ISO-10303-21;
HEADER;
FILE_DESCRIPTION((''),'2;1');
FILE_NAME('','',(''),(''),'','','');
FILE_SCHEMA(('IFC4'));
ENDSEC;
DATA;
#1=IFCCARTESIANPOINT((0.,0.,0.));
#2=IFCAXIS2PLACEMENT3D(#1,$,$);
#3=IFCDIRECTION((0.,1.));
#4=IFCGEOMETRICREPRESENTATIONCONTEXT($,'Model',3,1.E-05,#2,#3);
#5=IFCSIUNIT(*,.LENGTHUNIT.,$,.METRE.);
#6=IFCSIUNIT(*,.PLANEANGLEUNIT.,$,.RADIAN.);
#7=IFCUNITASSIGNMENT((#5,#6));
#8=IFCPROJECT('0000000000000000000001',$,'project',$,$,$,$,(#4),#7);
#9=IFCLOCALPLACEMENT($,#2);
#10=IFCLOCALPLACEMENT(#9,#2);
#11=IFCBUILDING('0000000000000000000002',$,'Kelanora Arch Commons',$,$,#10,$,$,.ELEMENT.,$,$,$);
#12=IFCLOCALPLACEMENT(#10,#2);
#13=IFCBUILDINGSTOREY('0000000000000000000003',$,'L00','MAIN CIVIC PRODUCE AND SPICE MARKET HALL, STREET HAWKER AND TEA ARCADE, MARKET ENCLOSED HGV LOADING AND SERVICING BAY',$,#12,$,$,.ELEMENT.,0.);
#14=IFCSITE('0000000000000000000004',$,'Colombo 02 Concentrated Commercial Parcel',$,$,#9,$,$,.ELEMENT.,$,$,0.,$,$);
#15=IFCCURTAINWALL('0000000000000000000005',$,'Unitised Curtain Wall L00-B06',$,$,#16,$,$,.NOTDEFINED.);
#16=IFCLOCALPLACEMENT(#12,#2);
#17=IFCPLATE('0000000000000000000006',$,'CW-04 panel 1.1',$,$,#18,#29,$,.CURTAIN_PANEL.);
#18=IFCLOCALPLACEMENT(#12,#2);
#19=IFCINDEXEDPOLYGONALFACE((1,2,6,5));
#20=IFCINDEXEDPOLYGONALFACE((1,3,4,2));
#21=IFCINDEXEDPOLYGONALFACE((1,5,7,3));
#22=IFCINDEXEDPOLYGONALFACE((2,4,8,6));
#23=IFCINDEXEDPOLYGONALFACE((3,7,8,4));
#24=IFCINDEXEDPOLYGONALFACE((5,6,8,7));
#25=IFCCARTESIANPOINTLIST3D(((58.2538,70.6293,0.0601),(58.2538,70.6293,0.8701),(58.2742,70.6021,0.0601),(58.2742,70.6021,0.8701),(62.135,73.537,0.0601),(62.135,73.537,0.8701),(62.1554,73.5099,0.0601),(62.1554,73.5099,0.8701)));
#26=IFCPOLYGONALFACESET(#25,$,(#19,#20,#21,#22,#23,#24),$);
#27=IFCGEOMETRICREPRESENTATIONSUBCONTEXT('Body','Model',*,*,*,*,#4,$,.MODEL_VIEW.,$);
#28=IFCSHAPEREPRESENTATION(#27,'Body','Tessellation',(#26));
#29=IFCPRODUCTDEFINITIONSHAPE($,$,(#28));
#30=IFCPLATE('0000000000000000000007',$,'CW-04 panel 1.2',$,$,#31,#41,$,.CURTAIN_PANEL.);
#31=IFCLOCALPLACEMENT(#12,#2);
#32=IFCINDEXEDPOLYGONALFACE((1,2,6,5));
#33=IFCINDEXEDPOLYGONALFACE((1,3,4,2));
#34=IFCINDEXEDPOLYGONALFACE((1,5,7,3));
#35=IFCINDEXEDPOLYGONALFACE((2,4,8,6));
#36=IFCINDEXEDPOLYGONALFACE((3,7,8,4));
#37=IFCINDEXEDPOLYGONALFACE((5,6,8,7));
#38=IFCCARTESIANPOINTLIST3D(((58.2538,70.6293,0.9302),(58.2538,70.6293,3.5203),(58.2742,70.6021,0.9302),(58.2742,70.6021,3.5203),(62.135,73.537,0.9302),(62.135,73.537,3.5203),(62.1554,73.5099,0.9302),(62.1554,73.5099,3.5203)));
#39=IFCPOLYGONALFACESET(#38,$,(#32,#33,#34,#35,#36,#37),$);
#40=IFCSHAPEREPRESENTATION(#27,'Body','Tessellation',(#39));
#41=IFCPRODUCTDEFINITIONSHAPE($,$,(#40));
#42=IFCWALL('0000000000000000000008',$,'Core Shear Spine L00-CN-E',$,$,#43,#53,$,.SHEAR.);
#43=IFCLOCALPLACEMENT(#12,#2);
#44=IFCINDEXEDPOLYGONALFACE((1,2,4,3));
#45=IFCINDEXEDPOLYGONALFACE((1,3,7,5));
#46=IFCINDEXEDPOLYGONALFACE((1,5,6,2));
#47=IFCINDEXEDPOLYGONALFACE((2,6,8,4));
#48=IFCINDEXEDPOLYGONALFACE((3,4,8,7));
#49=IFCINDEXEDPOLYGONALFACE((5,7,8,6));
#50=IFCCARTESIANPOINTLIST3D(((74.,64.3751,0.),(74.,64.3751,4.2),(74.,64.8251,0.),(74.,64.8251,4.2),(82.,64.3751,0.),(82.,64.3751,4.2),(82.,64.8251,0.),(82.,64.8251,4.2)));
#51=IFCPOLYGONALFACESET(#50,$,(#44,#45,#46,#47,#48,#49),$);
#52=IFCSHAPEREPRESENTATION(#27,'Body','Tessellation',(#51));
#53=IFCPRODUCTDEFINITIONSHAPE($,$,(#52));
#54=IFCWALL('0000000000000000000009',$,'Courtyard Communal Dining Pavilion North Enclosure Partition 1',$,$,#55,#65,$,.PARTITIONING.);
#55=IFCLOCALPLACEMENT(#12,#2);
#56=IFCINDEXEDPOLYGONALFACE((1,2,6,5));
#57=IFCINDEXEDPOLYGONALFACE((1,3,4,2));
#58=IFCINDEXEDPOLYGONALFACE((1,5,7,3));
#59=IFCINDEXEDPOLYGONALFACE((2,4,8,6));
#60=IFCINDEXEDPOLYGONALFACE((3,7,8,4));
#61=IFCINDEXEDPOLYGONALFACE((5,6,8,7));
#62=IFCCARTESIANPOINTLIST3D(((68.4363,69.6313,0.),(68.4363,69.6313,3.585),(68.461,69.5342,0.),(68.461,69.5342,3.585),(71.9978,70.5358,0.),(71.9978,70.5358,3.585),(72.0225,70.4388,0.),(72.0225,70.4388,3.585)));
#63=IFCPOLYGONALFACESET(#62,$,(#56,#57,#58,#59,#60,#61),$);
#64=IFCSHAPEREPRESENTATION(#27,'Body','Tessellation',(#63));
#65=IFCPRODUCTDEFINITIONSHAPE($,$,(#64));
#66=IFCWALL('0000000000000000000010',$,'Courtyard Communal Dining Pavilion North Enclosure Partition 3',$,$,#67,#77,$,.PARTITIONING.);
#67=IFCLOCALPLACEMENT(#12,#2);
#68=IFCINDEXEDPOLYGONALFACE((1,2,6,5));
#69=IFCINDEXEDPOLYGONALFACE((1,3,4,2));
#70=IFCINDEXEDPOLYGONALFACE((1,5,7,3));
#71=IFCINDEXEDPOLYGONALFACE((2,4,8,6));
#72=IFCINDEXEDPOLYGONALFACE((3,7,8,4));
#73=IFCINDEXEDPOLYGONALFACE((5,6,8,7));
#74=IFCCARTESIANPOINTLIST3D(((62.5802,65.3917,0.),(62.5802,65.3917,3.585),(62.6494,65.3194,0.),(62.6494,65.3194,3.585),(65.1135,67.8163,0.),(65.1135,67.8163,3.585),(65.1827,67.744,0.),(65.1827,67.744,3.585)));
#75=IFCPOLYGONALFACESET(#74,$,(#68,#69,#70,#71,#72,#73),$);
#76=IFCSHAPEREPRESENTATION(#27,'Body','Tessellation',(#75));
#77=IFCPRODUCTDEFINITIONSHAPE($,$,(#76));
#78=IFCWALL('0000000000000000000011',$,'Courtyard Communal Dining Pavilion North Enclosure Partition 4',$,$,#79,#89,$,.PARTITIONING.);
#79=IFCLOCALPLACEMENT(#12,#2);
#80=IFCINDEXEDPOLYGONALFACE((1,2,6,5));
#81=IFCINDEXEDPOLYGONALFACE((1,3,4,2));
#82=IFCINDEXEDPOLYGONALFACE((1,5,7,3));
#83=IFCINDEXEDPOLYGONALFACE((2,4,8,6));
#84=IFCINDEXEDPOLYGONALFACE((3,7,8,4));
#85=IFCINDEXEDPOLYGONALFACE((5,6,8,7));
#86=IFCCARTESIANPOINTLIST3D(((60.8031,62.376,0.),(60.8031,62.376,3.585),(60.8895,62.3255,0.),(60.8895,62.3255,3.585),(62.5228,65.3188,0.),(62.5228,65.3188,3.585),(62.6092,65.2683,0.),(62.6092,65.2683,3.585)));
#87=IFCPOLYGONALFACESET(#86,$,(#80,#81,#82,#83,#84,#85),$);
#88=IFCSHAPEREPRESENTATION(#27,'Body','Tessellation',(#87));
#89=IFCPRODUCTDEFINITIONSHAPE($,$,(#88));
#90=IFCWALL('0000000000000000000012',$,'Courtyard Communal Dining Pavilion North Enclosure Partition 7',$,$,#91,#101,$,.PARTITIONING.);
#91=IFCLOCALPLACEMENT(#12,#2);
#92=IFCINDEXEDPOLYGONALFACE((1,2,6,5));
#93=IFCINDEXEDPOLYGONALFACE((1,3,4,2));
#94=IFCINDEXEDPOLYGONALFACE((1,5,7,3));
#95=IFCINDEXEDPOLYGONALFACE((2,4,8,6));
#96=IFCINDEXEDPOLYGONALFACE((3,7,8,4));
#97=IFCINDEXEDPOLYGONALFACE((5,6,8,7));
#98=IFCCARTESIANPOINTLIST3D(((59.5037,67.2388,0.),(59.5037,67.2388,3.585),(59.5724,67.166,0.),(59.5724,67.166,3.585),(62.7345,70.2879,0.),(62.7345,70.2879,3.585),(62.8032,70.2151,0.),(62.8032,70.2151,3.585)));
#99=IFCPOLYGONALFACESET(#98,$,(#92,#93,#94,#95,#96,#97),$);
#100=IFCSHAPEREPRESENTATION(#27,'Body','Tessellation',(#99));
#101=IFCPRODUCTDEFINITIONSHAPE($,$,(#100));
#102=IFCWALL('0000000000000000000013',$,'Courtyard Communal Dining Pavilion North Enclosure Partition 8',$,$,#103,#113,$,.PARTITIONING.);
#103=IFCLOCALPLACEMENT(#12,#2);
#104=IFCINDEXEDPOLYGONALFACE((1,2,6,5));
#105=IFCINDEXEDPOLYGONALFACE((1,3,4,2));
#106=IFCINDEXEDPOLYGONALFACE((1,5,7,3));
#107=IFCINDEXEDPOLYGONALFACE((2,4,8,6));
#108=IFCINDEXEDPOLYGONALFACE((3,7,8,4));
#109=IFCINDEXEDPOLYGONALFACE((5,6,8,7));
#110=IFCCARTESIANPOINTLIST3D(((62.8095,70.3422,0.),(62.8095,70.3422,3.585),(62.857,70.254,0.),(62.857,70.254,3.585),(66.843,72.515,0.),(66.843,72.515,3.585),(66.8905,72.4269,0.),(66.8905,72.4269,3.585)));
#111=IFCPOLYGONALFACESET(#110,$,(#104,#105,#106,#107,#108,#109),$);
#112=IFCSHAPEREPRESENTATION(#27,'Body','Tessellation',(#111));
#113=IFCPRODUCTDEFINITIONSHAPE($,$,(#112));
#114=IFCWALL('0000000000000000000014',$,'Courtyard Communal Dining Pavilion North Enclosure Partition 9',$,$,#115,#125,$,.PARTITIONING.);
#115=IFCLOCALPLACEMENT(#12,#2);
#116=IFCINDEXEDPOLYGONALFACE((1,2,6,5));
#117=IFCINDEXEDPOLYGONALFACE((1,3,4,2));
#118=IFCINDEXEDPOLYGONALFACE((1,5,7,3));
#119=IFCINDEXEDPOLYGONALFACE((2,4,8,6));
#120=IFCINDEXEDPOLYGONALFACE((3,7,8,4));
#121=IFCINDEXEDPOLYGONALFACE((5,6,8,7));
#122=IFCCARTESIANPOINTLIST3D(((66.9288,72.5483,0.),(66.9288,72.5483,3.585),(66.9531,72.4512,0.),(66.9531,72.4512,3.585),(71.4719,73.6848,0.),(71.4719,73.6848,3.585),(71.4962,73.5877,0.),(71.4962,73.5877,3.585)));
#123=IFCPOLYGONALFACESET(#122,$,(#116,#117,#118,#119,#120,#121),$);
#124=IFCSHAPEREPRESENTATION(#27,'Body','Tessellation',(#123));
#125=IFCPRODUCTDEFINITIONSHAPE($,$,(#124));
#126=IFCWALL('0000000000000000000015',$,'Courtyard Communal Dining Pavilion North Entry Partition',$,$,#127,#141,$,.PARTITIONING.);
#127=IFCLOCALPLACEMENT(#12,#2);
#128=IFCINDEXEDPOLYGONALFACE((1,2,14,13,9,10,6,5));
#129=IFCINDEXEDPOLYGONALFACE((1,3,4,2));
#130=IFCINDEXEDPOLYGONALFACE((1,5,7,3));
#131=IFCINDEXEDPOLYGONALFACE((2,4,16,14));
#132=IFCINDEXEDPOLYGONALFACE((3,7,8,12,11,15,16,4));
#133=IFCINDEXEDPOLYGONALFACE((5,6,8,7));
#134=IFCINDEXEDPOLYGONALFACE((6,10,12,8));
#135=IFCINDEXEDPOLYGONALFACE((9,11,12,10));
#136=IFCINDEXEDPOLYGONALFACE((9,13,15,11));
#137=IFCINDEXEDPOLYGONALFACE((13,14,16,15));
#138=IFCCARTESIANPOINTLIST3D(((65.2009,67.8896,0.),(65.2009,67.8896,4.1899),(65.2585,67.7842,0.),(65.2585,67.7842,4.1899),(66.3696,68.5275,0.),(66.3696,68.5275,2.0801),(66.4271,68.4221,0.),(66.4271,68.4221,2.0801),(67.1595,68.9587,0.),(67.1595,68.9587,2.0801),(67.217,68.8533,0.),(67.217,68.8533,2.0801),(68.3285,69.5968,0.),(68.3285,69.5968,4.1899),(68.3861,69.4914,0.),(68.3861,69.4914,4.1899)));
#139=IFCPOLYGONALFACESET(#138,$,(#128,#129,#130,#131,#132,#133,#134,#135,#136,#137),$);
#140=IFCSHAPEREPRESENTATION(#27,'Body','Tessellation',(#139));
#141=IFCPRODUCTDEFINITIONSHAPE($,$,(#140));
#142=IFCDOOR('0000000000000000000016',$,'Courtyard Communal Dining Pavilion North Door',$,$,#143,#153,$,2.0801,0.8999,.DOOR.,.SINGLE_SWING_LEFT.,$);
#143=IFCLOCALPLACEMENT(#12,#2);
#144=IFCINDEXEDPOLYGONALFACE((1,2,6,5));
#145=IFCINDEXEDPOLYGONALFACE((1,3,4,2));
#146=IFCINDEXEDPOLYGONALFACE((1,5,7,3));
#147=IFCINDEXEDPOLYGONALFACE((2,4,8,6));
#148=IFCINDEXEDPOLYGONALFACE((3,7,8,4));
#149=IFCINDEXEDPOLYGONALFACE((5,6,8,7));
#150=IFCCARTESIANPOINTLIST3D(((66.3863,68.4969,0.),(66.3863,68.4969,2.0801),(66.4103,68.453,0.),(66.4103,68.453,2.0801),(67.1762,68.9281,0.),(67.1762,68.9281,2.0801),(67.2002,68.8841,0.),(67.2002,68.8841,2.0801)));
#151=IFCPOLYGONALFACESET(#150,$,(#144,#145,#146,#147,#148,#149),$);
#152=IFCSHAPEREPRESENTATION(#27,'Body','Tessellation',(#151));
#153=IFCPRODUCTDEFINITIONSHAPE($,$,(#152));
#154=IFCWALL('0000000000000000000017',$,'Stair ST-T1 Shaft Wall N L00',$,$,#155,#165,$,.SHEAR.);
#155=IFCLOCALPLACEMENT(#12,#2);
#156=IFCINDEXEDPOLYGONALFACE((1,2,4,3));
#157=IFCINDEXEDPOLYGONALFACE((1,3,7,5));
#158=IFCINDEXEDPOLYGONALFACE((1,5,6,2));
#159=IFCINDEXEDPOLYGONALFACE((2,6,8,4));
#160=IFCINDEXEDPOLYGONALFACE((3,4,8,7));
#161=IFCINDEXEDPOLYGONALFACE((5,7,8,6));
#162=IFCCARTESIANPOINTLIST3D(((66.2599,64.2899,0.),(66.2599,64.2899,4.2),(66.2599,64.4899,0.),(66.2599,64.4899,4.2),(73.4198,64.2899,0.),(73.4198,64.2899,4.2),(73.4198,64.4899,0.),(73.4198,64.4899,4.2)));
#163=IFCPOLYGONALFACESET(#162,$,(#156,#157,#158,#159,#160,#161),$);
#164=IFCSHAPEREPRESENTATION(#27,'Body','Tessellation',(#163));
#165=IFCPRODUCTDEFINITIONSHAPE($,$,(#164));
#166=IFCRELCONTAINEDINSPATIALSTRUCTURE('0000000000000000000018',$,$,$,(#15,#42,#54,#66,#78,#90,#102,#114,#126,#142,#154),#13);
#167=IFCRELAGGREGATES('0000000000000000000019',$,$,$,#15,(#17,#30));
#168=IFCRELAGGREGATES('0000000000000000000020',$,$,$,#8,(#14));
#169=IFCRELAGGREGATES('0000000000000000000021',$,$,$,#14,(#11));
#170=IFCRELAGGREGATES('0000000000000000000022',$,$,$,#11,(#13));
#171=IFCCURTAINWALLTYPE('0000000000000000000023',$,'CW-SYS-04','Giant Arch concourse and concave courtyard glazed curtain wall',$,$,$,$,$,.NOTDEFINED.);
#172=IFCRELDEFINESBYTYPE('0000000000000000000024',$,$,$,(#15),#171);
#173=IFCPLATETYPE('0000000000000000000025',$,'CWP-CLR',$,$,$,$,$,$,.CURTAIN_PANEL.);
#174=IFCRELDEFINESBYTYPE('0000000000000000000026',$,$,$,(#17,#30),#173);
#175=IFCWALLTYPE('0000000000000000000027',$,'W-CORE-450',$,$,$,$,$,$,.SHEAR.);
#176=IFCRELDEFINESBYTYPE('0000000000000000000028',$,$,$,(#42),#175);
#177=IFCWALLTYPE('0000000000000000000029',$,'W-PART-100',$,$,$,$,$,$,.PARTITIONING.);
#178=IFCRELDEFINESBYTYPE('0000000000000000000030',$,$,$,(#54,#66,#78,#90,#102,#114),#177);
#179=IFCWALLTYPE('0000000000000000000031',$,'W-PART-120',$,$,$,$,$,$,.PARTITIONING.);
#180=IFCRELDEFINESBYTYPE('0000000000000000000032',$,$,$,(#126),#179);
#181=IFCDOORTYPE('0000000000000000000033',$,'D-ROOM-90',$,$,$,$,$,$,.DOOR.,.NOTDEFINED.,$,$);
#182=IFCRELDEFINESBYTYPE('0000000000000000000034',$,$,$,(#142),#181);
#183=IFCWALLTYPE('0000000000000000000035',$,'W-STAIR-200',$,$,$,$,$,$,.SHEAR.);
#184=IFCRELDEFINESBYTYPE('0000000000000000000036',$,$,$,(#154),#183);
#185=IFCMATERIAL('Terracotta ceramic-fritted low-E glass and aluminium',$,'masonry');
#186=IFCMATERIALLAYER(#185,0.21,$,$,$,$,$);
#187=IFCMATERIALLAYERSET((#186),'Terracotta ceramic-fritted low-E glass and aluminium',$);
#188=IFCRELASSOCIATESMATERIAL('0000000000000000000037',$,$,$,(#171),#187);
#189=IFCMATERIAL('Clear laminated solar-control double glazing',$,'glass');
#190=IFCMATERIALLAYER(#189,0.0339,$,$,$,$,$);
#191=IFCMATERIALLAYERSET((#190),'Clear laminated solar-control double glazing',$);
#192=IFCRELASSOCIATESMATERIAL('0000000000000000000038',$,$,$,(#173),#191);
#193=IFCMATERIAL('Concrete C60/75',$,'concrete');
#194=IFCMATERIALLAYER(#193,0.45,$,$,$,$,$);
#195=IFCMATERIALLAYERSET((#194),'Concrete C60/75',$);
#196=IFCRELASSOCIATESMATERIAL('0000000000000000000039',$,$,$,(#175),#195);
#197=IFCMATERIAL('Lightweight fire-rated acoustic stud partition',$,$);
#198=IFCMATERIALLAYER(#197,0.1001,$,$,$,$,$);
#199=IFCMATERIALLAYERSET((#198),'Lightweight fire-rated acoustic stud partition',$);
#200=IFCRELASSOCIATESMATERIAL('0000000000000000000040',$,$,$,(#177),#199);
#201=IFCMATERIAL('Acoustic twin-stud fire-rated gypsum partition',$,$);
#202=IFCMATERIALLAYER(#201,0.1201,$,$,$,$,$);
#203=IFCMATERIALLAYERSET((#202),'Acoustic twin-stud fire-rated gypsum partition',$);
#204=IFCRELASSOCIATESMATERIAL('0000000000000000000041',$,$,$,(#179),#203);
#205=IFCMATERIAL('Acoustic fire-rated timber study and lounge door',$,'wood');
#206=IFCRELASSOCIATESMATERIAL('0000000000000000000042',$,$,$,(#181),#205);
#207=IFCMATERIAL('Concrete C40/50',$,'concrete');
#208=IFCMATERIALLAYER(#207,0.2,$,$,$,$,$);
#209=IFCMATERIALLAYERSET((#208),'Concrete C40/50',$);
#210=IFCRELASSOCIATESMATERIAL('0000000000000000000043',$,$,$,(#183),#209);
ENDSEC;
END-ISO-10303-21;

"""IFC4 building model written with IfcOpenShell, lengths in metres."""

from ifc_helpers import new_model, si_unit, direction, frame, frame_2d, origin, origin_2d, place, context, subcontext, project, spatial, rectangle, extrude, source, transform, mapped, material, layer, layer_set, type_object, element, fill, aggregate, save


model = new_model("IFC4")

# Units and contexts
model_context = context("Model", 3, precision=1e-05, world=origin(), true_north=direction((0.0, 1.0)))
body_context = subcontext(model_context, "Body", "Model", "MODEL_VIEW")
ifc_project = project(units=[si_unit("LENGTHUNIT", "METRE"), si_unit("PLANEANGLEUNIT", "RADIAN")], contexts=[model_context])

# Site, building, storey
site_placement = place(None, origin())
site = spatial("IfcSite", under=ifc_project, at=site_placement, Name="Colombo 02 Concentrated Commercial Parcel", CompositionType="ELEMENT", RefElevation=0.0)
building_placement = place(site_placement, origin())
building = spatial("IfcBuilding", under=site, at=building_placement, Name="Kelanora Arch Commons", CompositionType="ELEMENT")
storey_placement = place(building_placement, origin())
storey = spatial("IfcBuildingStorey", under=building, at=storey_placement, Name="L00", Description="MAIN CIVIC PRODUCE AND SPICE MARKET HALL, STREET HAWKER AND TEA ARCADE, MARKET ENCLOSED HGV LOADING AND SERVICING BAY", CompositionType="ELEMENT", Elevation=0.0)

# Shared definitions
ifc_material_1 = material(Name="Concrete C60/75", Category="concrete")

# Curtain wall, plates
ifc_material_2 = material(Name="Terracotta ceramic-fritted low-E glass and aluminium", Category="masonry")
ifc_layer_1 = layer(ifc_material_2, 0.21)
ifc_layer_set_1 = layer_set([ifc_layer_1], Name="Terracotta ceramic-fritted low-E glass and aluminium")
curtain_wall_type = type_object("IfcCurtainWallType", Name="CW-SYS-04", Description="Giant Arch concourse and concave courtyard glazed curtain wall", PredefinedType="NOTDEFINED", material=ifc_layer_set_1)
curtain_wall_placement = place(storey_placement, origin())
curtain_wall = element("IfcCurtainWall", 1, at=curtain_wall_placement, inside=storey, type_object=curtain_wall_type, Name="Unitised Curtain Wall L00-B06", PredefinedType="NOTDEFINED")
ifc_material_3 = material(Name="Clear laminated solar-control double glazing", Category="glass")
ifc_layer_2 = layer(ifc_material_3, 0.0339)
ifc_layer_set_2 = layer_set([ifc_layer_2], Name="Clear laminated solar-control double glazing")
plate_type = type_object("IfcPlateType", Name="CWP-CLR", PredefinedType="CURTAIN_PANEL", material=ifc_layer_set_2)
shared_shape_1 = source(origin(), body_context, "Body", "SweptSolid", [
    extrude(rectangle(XDim=4.8496, YDim=0.0339, at=origin_2d()), origin(), (0.0, 0.0, 1.0), 0.8101),
])
plate_1_placement = place(storey_placement, frame((60.2046, 72.0696, 0.0601), z_axis=(0.0, 0.0, 1.0), x_axis=(-0.800309, -0.599588, 0.0)))
plate_1 = element("IfcPlate", 2, at=plate_1_placement, type_object=plate_type, Name="CW-04 panel 1.1", PredefinedType="CURTAIN_PANEL", context=body_context, shape_type="MappedRepresentation", body=[
    mapped(shared_shape_1, transform((0.0, 0.0, 0.0), scale=1.0)),
])
shared_shape_2 = source(origin(), body_context, "Body", "SweptSolid", [
    extrude(rectangle(XDim=4.8496, YDim=0.0339, at=origin_2d()), origin(), (0.0, 0.0, 1.0), 2.5901),
])
plate_2_placement = place(storey_placement, frame((60.2046, 72.0696, 0.9302), z_axis=(0.0, 0.0, 1.0), x_axis=(-0.800309, -0.599588, 0.0)))
plate_2 = element("IfcPlate", 3, at=plate_2_placement, type_object=plate_type, Name="CW-04 panel 1.2", PredefinedType="CURTAIN_PANEL", context=body_context, shape_type="MappedRepresentation", body=[
    mapped(shared_shape_2, transform((0.0, 0.0, 0.0), scale=1.0)),
])
aggregate(curtain_wall, [plate_1, plate_2])

# Walls
ifc_layer_3 = layer(ifc_material_1, 0.45)
ifc_layer_set_3 = layer_set([ifc_layer_3], Name="Concrete C60/75")
wall_type_1 = type_object("IfcWallType", Name="W-CORE-450", PredefinedType="SHEAR", material=ifc_layer_set_3)
wall_1_placement = place(storey_placement, frame((74.0, 64.6001, 0.0), z_axis=(0.0, 0.0, 1.0), x_axis=(1.0, 0.0, 0.0)))
element("IfcWall", 4, at=wall_1_placement, inside=storey, type_object=wall_type_1, Name="Core Shear Spine L00-CN-E", PredefinedType="SHEAR", context=body_context, shape_type="SweptSolid", body=[
    extrude(rectangle(XDim=8.0, YDim=0.45, at=frame_2d((4.0, 0.0))), origin(), (0.0, 0.0, 1.0), 4.2),
])
ifc_material_4 = material(Name="Lightweight fire-rated acoustic stud partition")
ifc_layer_4 = layer(ifc_material_4, 0.1001)
ifc_layer_set_4 = layer_set([ifc_layer_4], Name="Lightweight fire-rated acoustic stud partition")
wall_type_2 = type_object("IfcWallType", Name="W-PART-100", PredefinedType="PARTITIONING", material=ifc_layer_set_4)
wall_2_placement = place(storey_placement, frame((72.0103, 70.4873, 0.0), z_axis=(0.0, 0.0, 1.0), x_axis=(-0.969229, -0.246161, 0.0)))
element("IfcWall", 5, at=wall_2_placement, inside=storey, type_object=wall_type_2, Name="Courtyard Communal Dining Pavilion North Enclosure Partition 1", PredefinedType="PARTITIONING", context=body_context, shape_type="SweptSolid", body=[
    extrude(rectangle(XDim=3.6746, YDim=0.1001, at=frame_2d((1.8374, 0.0))), origin(), (0.0, 0.0, 1.0), 3.585),
])
wall_3_placement = place(storey_placement, frame((65.1482, 67.7803, 0.0), z_axis=(0.0, 0.0, 1.0), x_axis=(-0.722429, -0.691446, 0.0)))
element("IfcWall", 6, at=wall_3_placement, inside=storey, type_object=wall_type_2, Name="Courtyard Communal Dining Pavilion North Enclosure Partition 3", PredefinedType="PARTITIONING", context=body_context, shape_type="SweptSolid", body=[
    extrude(rectangle(XDim=3.5066, YDim=0.1001, at=frame_2d((1.7534, 0.0))), origin(), (0.0, 0.0, 1.0), 3.585),
])
wall_4_placement = place(storey_placement, frame((62.5659, 65.2935, 0.0), z_axis=(0.0, 0.0, 1.0), x_axis=(-0.504539, -0.863389, 0.0)))
element("IfcWall", 7, at=wall_4_placement, inside=storey, type_object=wall_type_2, Name="Courtyard Communal Dining Pavilion North Enclosure Partition 4", PredefinedType="PARTITIONING", context=body_context, shape_type="SweptSolid", body=[
    extrude(rectangle(XDim=3.4084, YDim=0.1001, at=frame_2d((1.7041, 0.0))), origin(), (0.0, 0.0, 1.0), 3.585),
])
wall_5_placement = place(storey_placement, frame((59.5381, 67.2024, 0.0), z_axis=(0.0, 0.0, 1.0), x_axis=(0.727255, 0.686367, 0.0)))
element("IfcWall", 8, at=wall_5_placement, inside=storey, type_object=wall_type_2, Name="Courtyard Communal Dining Pavilion North Enclosure Partition 7", PredefinedType="PARTITIONING", context=body_context, shape_type="SweptSolid", body=[
    extrude(rectangle(XDim=4.4424, YDim=0.1001, at=frame_2d((2.2212, 0.0))), origin(), (0.0, 0.0, 1.0), 3.585),
])
wall_6_placement = place(storey_placement, frame((62.8333, 70.2981, 0.0), z_axis=(0.0, 0.0, 1.0), x_axis=(0.88038, 0.474268, 0.0)))
element("IfcWall", 9, at=wall_6_placement, inside=storey, type_object=wall_type_2, Name="Courtyard Communal Dining Pavilion North Enclosure Partition 8", PredefinedType="PARTITIONING", context=body_context, shape_type="SweptSolid", body=[
    extrude(rectangle(XDim=4.5815, YDim=0.1001, at=frame_2d((2.2908, 0.0))), origin(), (0.0, 0.0, 1.0), 3.585),
])
wall_7_placement = place(storey_placement, frame((66.9409, 72.4998, 0.0), z_axis=(0.0, 0.0, 1.0), x_axis=(0.970109, 0.242671, 0.0)))
element("IfcWall", 10, at=wall_7_placement, inside=storey, type_object=wall_type_2, Name="Courtyard Communal Dining Pavilion North Enclosure Partition 9", PredefinedType="PARTITIONING", context=body_context, shape_type="SweptSolid", body=[
    extrude(rectangle(XDim=4.6831, YDim=0.1001, at=frame_2d((2.3416, 0.0))), origin(), (0.0, 0.0, 1.0), 3.585),
])

# Wall, opening, door
ifc_material_5 = material(Name="Acoustic twin-stud fire-rated gypsum partition")
ifc_layer_5 = layer(ifc_material_5, 0.1201)
ifc_layer_set_5 = layer_set([ifc_layer_5], Name="Acoustic twin-stud fire-rated gypsum partition")
wall_type_3 = type_object("IfcWallType", Name="W-PART-120", PredefinedType="PARTITIONING", material=ifc_layer_set_5)
wall_8_placement = place(storey_placement, frame((68.3574, 69.5442, 0.0), z_axis=(0.0, 0.0, 1.0), x_axis=(-0.877746, -0.479126, 0.0)))
wall_8 = element("IfcWall", 11, at=wall_8_placement, inside=storey, type_object=wall_type_3, Name="Courtyard Communal Dining Pavilion North Entry Partition", PredefinedType="PARTITIONING", context=body_context, shape_type="SweptSolid", body=[
    extrude(rectangle(XDim=3.5632, YDim=0.1201, at=frame_2d((1.7817, 0.0))), origin(), (0.0, 0.0, 1.0), 4.1899),
])
opening_1_placement = place(wall_8_placement, frame((1.332, 0.0, 0.0)))
opening_1 = element("IfcOpeningElement", 12, at=opening_1_placement, cuts=wall_8, PredefinedType="OPENING", context=body_context, shape_type="SweptSolid", body=[
    extrude(rectangle(XDim=0.8999, YDim=2.0801, at=frame_2d((0.45, 1.04))), frame((0.0, 0.0701, 0.0), z_axis=(0.0, -1.0, 0.0), x_axis=(1.0, 0.0, 0.0)), (0.0, 0.0, 1.0), 0.1401),
])
ifc_material_6 = material(Name="Acoustic fire-rated timber study and lounge door", Category="wood")
door_type_1 = type_object("IfcDoorType", Name="D-ROOM-90", OperationType="NOTDEFINED", PredefinedType="DOOR", material=ifc_material_6)
door_1_placement = place(opening_1_placement, origin())
door_1 = element("IfcDoor", 13, at=door_1_placement, inside=storey, type_object=door_type_1, Name="Courtyard Communal Dining Pavilion North Door", OperationType="SINGLE_SWING_LEFT", OverallHeight=2.0801, OverallWidth=0.8999, PredefinedType="DOOR", context=body_context, shape_type="SweptSolid", body=[
    extrude(rectangle(XDim=0.8999, YDim=2.0801, at=frame_2d((0.45, 1.04))), frame((0.0, 0.0249, 0.0), z_axis=(0.0, -1.0, 0.0), x_axis=(1.0, 0.0, 0.0)), (0.0, 0.0, 1.0), 0.05),
])
fill(opening_1, door_1)

# Wall
ifc_material_7 = material(Name="Concrete C40/50", Category="concrete")
ifc_layer_6 = layer(ifc_material_7, 0.2)
ifc_layer_set_6 = layer_set([ifc_layer_6], Name="Concrete C40/50")
wall_type_4 = type_object("IfcWallType", Name="W-STAIR-200", PredefinedType="SHEAR", material=ifc_layer_set_6)
wall_9_placement = place(storey_placement, frame((73.4199, 64.3899, 0.0), z_axis=(0.0, 0.0, 1.0), x_axis=(-1.0, 0.0, 0.0)))
element("IfcWall", 14, at=wall_9_placement, inside=storey, type_object=wall_type_4, Name="Stair ST-T1 Shaft Wall N L00", PredefinedType="SHEAR", context=body_context, shape_type="SweptSolid", body=[
    extrude(rectangle(XDim=7.1599, YDim=0.2, at=frame_2d((3.5801, 0.0))), origin(), (0.0, 0.0, 1.0), 4.2),
])

save(model, "model.ifc")
